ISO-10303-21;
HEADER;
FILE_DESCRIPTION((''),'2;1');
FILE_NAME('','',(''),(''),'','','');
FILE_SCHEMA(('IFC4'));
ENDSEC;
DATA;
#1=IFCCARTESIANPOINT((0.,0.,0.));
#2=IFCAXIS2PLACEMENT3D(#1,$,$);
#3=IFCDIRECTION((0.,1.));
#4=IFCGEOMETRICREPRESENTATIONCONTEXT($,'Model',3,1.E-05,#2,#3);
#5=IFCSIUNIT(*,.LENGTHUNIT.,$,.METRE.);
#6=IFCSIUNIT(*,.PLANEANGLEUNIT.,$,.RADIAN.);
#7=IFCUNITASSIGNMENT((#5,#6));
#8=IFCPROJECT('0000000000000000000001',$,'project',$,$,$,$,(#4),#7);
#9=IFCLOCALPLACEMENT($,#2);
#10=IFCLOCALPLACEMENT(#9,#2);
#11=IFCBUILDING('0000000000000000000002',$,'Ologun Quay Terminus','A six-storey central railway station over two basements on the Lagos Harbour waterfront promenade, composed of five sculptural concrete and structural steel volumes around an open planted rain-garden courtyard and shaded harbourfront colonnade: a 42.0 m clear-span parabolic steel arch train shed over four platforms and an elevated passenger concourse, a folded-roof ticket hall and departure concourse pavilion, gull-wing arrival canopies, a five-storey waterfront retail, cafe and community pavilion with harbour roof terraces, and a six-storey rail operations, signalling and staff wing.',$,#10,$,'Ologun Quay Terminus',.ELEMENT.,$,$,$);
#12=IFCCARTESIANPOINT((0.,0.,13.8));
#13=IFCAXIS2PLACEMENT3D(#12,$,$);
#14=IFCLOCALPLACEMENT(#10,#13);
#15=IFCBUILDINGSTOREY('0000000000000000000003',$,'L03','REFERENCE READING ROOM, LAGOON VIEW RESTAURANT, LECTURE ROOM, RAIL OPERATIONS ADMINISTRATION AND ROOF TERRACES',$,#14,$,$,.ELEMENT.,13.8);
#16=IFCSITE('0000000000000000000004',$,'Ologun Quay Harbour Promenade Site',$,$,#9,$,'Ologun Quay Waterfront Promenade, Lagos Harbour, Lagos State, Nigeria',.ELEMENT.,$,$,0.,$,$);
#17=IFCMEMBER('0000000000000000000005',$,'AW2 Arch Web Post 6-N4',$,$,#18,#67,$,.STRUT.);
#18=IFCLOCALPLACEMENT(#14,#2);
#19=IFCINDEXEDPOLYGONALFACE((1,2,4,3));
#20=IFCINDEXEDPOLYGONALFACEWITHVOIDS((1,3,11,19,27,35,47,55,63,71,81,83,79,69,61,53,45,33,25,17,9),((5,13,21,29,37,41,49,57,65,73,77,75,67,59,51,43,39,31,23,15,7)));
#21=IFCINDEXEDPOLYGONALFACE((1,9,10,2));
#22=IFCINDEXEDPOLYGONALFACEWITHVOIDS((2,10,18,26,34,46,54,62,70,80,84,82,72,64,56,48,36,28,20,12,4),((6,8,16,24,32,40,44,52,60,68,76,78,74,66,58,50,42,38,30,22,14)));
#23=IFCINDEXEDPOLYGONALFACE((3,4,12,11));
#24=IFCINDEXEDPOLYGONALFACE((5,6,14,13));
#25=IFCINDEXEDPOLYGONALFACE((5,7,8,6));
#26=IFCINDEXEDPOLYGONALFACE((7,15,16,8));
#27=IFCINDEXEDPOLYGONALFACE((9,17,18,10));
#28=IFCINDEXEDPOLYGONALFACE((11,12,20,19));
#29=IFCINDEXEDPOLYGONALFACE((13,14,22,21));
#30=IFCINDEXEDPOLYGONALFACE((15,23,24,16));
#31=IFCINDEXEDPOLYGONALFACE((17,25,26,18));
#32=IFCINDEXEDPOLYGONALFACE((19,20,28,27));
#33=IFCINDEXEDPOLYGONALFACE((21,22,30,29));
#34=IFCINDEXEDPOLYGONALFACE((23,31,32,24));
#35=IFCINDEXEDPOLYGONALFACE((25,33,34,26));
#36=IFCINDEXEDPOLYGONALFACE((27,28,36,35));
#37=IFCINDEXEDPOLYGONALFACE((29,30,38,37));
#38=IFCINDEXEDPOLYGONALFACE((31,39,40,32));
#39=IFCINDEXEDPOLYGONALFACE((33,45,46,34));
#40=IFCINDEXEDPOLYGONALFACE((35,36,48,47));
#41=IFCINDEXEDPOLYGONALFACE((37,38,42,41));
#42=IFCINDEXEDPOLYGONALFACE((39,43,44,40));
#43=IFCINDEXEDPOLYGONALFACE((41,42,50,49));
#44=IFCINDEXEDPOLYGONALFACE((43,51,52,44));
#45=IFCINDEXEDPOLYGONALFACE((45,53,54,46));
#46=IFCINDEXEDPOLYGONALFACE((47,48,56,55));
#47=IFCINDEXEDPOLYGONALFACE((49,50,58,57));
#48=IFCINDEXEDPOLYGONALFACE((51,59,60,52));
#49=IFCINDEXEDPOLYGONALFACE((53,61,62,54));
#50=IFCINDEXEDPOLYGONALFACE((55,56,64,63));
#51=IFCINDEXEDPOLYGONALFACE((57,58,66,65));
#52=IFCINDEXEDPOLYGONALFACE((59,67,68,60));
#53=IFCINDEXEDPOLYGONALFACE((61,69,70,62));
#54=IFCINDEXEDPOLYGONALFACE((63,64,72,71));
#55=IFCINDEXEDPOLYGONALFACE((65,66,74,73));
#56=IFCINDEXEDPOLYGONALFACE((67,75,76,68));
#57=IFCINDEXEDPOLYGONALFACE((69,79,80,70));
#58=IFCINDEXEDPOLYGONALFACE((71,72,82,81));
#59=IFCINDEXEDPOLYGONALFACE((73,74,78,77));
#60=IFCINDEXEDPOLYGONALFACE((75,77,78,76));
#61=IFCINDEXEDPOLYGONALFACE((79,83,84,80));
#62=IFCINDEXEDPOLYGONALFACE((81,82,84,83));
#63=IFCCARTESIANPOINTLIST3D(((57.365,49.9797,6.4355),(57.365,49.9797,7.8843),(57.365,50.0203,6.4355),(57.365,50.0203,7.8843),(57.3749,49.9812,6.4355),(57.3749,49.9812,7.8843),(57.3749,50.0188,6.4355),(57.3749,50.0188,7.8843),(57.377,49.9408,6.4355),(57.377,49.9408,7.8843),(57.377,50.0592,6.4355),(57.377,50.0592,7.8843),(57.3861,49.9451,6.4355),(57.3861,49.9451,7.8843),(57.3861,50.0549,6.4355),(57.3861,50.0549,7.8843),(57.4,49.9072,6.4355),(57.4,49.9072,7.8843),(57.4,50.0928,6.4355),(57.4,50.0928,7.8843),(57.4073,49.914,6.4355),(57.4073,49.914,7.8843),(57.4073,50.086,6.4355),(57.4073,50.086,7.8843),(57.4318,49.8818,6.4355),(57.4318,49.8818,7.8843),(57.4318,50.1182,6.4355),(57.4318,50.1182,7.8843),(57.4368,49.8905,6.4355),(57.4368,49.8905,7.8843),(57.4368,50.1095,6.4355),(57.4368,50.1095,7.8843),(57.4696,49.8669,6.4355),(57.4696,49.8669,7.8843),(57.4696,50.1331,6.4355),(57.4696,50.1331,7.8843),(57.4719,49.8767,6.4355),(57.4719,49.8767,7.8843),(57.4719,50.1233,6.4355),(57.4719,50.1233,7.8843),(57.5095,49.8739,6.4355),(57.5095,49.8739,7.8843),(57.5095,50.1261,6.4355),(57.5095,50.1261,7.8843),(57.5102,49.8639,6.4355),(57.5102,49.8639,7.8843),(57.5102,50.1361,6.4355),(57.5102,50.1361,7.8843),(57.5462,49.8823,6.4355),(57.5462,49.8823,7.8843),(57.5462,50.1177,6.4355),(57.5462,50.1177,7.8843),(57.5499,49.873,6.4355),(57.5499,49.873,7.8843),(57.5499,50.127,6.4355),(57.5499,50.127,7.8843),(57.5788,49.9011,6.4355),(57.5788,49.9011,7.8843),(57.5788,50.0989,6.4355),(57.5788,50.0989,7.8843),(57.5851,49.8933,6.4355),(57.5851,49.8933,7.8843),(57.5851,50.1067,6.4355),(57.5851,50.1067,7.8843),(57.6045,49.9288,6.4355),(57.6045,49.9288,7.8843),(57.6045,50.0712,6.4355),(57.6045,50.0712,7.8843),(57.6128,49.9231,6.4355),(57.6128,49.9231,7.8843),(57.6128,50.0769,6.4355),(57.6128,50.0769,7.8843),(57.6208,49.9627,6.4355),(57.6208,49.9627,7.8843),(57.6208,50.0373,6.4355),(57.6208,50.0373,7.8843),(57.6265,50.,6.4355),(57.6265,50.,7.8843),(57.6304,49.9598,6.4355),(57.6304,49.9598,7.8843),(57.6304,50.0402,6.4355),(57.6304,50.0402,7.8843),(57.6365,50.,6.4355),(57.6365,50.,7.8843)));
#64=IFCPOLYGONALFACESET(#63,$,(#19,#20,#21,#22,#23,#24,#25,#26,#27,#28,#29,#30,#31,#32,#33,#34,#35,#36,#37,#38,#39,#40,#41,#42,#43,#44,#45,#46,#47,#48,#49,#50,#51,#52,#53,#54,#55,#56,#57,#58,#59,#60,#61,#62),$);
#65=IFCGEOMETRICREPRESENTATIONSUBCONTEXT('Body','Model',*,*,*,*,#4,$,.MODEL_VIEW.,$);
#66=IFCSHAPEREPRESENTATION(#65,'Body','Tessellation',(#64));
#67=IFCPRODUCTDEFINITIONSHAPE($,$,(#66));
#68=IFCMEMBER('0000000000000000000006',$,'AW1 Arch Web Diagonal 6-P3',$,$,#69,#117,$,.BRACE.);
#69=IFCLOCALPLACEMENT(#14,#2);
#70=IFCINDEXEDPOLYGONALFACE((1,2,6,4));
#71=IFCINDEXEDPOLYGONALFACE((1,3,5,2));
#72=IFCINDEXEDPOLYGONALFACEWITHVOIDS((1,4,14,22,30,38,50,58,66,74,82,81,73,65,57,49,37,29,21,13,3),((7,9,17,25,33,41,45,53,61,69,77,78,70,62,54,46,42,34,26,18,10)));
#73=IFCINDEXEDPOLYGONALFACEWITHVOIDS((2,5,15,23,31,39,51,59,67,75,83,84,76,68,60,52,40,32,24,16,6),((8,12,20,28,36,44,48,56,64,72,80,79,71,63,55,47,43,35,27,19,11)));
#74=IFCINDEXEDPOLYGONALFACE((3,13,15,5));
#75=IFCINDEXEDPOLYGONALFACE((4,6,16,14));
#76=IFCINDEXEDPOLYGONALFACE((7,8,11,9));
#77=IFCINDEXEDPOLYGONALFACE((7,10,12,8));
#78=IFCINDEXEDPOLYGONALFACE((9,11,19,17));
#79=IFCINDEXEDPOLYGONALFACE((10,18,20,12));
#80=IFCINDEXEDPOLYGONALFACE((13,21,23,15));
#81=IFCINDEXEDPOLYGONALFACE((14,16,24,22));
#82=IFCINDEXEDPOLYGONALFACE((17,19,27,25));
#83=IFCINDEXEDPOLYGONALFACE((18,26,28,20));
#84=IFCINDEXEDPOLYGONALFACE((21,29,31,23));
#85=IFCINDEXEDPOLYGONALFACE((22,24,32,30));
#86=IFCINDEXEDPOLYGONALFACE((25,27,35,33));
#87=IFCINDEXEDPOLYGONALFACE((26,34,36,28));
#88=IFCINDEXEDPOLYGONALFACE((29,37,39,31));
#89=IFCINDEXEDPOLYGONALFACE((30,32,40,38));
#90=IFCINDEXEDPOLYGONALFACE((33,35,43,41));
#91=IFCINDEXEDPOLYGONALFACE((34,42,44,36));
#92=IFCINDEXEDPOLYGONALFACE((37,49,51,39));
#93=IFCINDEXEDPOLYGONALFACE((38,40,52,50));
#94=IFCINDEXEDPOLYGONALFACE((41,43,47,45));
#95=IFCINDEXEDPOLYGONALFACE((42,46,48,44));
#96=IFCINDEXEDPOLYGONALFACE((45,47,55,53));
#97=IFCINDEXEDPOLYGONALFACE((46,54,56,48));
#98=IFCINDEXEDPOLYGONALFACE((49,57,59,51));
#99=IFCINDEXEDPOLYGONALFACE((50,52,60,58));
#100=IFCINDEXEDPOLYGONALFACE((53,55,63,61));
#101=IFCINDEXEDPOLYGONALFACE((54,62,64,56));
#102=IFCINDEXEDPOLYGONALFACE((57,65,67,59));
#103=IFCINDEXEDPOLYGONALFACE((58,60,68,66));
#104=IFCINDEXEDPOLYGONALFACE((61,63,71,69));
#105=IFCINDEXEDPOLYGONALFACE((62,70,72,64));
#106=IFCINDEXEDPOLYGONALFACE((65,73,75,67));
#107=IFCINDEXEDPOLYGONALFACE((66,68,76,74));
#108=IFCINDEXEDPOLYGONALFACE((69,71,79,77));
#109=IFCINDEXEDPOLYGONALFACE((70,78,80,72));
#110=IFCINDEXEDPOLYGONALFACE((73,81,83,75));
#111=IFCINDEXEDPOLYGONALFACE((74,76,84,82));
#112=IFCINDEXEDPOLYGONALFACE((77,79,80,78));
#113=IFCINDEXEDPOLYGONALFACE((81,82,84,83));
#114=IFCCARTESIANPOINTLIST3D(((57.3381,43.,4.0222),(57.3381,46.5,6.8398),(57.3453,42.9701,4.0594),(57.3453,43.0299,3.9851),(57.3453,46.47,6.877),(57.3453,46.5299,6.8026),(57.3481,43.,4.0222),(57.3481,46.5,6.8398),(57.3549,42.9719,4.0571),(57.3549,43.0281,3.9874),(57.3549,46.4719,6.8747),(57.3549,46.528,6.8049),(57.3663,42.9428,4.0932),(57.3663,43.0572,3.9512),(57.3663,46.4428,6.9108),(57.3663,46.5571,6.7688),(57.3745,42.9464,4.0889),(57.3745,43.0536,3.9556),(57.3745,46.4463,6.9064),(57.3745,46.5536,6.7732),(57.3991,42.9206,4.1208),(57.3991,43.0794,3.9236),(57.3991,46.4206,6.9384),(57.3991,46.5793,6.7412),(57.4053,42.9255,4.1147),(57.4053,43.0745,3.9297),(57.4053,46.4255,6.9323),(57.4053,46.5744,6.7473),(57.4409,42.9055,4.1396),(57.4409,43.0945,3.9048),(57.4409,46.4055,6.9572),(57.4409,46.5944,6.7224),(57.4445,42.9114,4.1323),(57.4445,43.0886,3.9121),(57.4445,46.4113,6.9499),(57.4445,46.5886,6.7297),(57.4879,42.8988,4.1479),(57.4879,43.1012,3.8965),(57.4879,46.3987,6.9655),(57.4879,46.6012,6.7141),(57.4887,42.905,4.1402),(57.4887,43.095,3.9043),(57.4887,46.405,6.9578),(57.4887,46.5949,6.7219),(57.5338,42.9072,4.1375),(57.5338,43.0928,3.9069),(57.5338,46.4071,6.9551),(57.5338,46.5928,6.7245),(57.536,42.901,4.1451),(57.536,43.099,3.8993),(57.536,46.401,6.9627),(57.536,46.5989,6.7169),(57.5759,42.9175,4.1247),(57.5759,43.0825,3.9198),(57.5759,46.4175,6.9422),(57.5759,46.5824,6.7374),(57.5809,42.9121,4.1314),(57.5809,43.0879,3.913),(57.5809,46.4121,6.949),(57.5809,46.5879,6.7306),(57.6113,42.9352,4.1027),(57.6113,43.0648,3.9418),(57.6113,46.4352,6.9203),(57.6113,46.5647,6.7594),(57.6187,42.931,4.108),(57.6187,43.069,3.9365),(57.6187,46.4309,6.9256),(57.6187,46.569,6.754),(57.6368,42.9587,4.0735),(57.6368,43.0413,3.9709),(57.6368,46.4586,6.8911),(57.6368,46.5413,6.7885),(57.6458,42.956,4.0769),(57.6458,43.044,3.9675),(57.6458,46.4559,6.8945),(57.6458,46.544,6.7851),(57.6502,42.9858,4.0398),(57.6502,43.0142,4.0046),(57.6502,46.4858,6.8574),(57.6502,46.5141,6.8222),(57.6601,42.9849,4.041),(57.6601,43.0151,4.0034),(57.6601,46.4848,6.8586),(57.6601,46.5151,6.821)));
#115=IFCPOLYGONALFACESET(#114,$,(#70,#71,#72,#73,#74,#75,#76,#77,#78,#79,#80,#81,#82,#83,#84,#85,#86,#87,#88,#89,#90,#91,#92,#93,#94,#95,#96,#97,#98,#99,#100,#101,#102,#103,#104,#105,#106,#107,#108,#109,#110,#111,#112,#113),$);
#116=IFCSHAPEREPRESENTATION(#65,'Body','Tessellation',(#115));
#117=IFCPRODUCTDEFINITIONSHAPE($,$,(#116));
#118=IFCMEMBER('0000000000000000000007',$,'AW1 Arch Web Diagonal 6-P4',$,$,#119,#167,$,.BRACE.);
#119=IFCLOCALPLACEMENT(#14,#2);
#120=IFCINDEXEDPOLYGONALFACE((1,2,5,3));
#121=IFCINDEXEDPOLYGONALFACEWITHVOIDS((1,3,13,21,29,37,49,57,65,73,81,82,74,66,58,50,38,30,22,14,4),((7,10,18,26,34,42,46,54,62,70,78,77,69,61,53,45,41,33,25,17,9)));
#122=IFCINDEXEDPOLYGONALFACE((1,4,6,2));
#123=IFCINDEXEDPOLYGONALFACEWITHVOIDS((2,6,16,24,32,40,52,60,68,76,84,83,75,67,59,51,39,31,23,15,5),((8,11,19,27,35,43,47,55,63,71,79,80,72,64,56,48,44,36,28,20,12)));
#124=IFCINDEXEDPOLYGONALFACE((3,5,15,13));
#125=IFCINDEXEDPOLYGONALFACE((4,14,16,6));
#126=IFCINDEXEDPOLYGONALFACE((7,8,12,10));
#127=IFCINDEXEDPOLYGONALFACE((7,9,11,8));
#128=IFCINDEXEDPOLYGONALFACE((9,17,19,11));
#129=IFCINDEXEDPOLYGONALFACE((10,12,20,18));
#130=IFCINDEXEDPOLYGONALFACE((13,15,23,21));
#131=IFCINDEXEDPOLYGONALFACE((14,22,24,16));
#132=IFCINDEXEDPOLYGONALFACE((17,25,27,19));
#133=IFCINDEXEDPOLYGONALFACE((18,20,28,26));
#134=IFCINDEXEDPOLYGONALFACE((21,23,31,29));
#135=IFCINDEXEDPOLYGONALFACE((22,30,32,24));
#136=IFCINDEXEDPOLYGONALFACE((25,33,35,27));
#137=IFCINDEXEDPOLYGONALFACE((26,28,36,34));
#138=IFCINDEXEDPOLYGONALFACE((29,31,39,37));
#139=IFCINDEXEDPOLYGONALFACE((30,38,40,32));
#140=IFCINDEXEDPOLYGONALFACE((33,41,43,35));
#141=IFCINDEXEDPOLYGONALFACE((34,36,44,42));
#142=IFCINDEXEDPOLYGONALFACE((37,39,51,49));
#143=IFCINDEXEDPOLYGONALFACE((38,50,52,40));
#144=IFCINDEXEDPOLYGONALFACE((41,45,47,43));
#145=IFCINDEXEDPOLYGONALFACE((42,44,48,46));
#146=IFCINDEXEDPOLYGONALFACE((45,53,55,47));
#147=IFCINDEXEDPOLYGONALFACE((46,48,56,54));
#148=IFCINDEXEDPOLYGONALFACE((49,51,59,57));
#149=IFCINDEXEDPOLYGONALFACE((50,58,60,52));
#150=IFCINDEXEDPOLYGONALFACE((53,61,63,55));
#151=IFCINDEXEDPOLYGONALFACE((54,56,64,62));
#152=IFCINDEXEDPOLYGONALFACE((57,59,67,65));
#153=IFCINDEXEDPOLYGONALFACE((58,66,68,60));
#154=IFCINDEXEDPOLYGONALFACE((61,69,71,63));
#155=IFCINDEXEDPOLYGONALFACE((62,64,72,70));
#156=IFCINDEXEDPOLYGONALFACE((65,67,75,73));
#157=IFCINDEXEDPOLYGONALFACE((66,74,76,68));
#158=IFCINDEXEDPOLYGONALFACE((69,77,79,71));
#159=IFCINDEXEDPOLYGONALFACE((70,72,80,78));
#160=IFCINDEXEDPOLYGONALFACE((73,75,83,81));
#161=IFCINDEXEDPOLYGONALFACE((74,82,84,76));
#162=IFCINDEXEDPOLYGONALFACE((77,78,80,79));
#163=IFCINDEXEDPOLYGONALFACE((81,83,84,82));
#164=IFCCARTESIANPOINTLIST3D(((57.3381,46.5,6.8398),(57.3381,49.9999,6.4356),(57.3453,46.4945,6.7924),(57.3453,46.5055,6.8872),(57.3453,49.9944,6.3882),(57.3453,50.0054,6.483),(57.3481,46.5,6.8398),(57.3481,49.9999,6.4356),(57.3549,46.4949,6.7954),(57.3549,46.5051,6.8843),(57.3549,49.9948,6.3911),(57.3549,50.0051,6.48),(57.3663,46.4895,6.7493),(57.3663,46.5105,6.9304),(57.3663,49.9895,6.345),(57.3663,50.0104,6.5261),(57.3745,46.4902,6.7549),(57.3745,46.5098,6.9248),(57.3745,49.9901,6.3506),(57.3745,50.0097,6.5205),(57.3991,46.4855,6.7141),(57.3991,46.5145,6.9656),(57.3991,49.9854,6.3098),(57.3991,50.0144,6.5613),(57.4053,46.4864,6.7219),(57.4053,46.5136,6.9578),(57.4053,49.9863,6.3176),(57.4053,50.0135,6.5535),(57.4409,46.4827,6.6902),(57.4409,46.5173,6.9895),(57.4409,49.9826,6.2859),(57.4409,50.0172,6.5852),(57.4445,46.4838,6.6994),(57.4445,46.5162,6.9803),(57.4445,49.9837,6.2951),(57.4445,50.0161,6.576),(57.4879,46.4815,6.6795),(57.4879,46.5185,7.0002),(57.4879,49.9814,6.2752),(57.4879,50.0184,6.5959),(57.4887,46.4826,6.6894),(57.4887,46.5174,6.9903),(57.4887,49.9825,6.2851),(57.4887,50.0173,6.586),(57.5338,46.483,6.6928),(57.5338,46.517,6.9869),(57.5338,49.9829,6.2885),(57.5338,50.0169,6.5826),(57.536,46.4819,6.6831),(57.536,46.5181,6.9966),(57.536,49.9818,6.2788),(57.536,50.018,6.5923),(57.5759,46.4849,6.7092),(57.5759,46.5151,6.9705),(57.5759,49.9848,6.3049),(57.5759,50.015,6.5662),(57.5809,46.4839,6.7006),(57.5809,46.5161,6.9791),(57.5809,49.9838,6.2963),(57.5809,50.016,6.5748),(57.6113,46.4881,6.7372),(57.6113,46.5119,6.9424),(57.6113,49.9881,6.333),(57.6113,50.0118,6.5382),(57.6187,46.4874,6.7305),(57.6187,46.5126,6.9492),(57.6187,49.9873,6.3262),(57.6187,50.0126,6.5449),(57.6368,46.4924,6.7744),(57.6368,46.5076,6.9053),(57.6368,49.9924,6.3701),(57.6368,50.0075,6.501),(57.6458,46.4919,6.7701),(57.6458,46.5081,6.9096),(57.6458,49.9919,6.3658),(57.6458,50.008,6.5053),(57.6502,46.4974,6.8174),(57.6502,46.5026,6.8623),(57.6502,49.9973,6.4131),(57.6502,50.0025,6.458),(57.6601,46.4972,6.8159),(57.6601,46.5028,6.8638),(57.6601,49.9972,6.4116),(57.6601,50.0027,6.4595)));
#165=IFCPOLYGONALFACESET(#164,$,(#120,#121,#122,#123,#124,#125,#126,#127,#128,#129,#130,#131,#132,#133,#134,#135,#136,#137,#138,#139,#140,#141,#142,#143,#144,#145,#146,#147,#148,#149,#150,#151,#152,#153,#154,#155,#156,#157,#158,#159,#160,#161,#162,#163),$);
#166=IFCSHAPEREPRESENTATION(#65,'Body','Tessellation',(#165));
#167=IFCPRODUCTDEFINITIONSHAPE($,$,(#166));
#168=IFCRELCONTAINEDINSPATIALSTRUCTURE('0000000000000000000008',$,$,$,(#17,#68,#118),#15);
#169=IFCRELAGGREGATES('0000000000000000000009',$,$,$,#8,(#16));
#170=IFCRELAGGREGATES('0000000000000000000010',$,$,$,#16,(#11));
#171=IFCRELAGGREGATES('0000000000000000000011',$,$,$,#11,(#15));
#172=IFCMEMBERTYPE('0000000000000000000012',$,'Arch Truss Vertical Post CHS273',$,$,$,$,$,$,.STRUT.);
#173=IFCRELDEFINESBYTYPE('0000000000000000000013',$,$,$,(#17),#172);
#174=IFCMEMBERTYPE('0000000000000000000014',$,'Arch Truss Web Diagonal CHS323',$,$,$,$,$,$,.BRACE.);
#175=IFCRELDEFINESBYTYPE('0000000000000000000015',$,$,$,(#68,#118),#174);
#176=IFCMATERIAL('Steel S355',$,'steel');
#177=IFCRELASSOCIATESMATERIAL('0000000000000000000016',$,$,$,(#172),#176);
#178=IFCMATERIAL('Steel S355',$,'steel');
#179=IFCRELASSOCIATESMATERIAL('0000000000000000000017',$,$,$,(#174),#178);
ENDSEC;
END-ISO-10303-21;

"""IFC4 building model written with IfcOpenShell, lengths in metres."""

from ifc_helpers import new_model, si_unit, direction, frame, origin, origin_2d, place, context, subcontext, project, spatial, hollow_circle, extrude, material, material_profile, profile_set, type_object, element, save


model = new_model("IFC4")

# Units and contexts
model_context = context("Model", 3, precision=1e-05, world=origin(), true_north=direction((0.0, 1.0)))
body_context = subcontext(model_context, "Body", "Model", "MODEL_VIEW")
ifc_project = project(units=[si_unit("LENGTHUNIT", "METRE"), si_unit("PLANEANGLEUNIT", "RADIAN")], contexts=[model_context])

# Site, building, storey
site_placement = place(None, origin())
site = spatial("IfcSite", under=ifc_project, at=site_placement, Name="Ologun Quay Harbour Promenade Site", LongName="Ologun Quay Waterfront Promenade, Lagos Harbour, Lagos State, Nigeria", CompositionType="ELEMENT", RefElevation=0.0)
building_placement = place(site_placement, origin())
building = spatial("IfcBuilding", under=site, at=building_placement, Name="Ologun Quay Terminus", Description="A six-storey central railway station over two basements on the Lagos Harbour waterfront promenade, composed of five sculptural concrete and structural steel volumes around an open planted rain-garden courtyard and shaded harbourfront colonnade: a 42.0 m clear-span parabolic steel arch train shed over four platforms and an elevated passenger concourse, a folded-roof ticket hall and departure concourse pavilion, gull-wing arrival canopies, a five-storey waterfront retail, cafe and community pavilion with harbour roof terraces, and a six-storey rail operations, signalling and staff wing.", LongName="Ologun Quay Terminus", CompositionType="ELEMENT")
storey_placement = place(building_placement, frame((0.0, 0.0, 13.8)))
storey = spatial("IfcBuildingStorey", under=building, at=storey_placement, Name="L03", Description="REFERENCE READING ROOM, LAGOON VIEW RESTAURANT, LECTURE ROOM, RAIL OPERATIONS ADMINISTRATION AND ROOF TERRACES", CompositionType="ELEMENT", Elevation=13.8)

# Members
ifc_material_1 = material(Name="Steel S355", Category="steel")
ifc_material_profile_1 = material_profile(ifc_material_1, hollow_circle(Radius=0.1365, WallThickness=0.01, at=origin_2d()), Name="CHS 273x10")
ifc_profile_set_1 = profile_set([ifc_material_profile_1], Name="Steel S355")
member_type_1 = type_object("IfcMemberType", Name="Arch Truss Vertical Post CHS273", PredefinedType="STRUT", material=ifc_profile_set_1)
member_1_placement = place(storey_placement, frame((57.5, 50.0, 6.4355), z_axis=(0.0, 0.0, 1.0), x_axis=(1.0, 0.0, 0.0)))
element("IfcMember", 1, at=member_1_placement, inside=storey, type_object=member_type_1, Name="AW2 Arch Web Post 6-N4", PredefinedType="STRUT", context=body_context, shape_type="SweptSolid", body=[
    extrude(hollow_circle(Radius=0.1365, WallThickness=0.01, at=origin_2d()), origin(), (0.0, 0.0, 1.0), 1.4487),
])
ifc_material_2 = material(Name="Steel S355", Category="steel")
ifc_material_profile_2 = material_profile(ifc_material_2, hollow_circle(Radius=0.1619, WallThickness=0.01, at=origin_2d()), Name="CHS 323.9x10")
ifc_profile_set_2 = profile_set([ifc_material_profile_2], Name="Steel S355")
member_type_2 = type_object("IfcMemberType", Name="Arch Truss Web Diagonal CHS323", PredefinedType="BRACE", material=ifc_profile_set_2)
member_2_placement = place(storey_placement, frame((57.5, 43.0, 4.0222), z_axis=(0.0, 0.778951, 0.627084), x_axis=(-1.0, 0.0, 0.0)))
element("IfcMember", 2, at=member_2_placement, inside=storey, type_object=member_type_2, Name="AW1 Arch Web Diagonal 6-P3", PredefinedType="BRACE", context=body_context, shape_type="SweptSolid", body=[
    extrude(hollow_circle(Radius=0.1619, WallThickness=0.01, at=origin_2d()), origin(), (0.0, 0.0, 1.0), 4.4932),
])
member_3_placement = place(storey_placement, frame((57.5, 46.5, 6.8398), z_axis=(0.0, 0.993394, -0.11475), x_axis=(-1.0, 0.0, 0.0)))
element("IfcMember", 3, at=member_3_placement, inside=storey, type_object=member_type_2, Name="AW1 Arch Web Diagonal 6-P4", PredefinedType="BRACE", context=body_context, shape_type="SweptSolid", body=[
    extrude(hollow_circle(Radius=0.1619, WallThickness=0.01, at=origin_2d()), origin(), (0.0, 0.0, 1.0), 3.5232),
])

save(model, "model.ifc")
